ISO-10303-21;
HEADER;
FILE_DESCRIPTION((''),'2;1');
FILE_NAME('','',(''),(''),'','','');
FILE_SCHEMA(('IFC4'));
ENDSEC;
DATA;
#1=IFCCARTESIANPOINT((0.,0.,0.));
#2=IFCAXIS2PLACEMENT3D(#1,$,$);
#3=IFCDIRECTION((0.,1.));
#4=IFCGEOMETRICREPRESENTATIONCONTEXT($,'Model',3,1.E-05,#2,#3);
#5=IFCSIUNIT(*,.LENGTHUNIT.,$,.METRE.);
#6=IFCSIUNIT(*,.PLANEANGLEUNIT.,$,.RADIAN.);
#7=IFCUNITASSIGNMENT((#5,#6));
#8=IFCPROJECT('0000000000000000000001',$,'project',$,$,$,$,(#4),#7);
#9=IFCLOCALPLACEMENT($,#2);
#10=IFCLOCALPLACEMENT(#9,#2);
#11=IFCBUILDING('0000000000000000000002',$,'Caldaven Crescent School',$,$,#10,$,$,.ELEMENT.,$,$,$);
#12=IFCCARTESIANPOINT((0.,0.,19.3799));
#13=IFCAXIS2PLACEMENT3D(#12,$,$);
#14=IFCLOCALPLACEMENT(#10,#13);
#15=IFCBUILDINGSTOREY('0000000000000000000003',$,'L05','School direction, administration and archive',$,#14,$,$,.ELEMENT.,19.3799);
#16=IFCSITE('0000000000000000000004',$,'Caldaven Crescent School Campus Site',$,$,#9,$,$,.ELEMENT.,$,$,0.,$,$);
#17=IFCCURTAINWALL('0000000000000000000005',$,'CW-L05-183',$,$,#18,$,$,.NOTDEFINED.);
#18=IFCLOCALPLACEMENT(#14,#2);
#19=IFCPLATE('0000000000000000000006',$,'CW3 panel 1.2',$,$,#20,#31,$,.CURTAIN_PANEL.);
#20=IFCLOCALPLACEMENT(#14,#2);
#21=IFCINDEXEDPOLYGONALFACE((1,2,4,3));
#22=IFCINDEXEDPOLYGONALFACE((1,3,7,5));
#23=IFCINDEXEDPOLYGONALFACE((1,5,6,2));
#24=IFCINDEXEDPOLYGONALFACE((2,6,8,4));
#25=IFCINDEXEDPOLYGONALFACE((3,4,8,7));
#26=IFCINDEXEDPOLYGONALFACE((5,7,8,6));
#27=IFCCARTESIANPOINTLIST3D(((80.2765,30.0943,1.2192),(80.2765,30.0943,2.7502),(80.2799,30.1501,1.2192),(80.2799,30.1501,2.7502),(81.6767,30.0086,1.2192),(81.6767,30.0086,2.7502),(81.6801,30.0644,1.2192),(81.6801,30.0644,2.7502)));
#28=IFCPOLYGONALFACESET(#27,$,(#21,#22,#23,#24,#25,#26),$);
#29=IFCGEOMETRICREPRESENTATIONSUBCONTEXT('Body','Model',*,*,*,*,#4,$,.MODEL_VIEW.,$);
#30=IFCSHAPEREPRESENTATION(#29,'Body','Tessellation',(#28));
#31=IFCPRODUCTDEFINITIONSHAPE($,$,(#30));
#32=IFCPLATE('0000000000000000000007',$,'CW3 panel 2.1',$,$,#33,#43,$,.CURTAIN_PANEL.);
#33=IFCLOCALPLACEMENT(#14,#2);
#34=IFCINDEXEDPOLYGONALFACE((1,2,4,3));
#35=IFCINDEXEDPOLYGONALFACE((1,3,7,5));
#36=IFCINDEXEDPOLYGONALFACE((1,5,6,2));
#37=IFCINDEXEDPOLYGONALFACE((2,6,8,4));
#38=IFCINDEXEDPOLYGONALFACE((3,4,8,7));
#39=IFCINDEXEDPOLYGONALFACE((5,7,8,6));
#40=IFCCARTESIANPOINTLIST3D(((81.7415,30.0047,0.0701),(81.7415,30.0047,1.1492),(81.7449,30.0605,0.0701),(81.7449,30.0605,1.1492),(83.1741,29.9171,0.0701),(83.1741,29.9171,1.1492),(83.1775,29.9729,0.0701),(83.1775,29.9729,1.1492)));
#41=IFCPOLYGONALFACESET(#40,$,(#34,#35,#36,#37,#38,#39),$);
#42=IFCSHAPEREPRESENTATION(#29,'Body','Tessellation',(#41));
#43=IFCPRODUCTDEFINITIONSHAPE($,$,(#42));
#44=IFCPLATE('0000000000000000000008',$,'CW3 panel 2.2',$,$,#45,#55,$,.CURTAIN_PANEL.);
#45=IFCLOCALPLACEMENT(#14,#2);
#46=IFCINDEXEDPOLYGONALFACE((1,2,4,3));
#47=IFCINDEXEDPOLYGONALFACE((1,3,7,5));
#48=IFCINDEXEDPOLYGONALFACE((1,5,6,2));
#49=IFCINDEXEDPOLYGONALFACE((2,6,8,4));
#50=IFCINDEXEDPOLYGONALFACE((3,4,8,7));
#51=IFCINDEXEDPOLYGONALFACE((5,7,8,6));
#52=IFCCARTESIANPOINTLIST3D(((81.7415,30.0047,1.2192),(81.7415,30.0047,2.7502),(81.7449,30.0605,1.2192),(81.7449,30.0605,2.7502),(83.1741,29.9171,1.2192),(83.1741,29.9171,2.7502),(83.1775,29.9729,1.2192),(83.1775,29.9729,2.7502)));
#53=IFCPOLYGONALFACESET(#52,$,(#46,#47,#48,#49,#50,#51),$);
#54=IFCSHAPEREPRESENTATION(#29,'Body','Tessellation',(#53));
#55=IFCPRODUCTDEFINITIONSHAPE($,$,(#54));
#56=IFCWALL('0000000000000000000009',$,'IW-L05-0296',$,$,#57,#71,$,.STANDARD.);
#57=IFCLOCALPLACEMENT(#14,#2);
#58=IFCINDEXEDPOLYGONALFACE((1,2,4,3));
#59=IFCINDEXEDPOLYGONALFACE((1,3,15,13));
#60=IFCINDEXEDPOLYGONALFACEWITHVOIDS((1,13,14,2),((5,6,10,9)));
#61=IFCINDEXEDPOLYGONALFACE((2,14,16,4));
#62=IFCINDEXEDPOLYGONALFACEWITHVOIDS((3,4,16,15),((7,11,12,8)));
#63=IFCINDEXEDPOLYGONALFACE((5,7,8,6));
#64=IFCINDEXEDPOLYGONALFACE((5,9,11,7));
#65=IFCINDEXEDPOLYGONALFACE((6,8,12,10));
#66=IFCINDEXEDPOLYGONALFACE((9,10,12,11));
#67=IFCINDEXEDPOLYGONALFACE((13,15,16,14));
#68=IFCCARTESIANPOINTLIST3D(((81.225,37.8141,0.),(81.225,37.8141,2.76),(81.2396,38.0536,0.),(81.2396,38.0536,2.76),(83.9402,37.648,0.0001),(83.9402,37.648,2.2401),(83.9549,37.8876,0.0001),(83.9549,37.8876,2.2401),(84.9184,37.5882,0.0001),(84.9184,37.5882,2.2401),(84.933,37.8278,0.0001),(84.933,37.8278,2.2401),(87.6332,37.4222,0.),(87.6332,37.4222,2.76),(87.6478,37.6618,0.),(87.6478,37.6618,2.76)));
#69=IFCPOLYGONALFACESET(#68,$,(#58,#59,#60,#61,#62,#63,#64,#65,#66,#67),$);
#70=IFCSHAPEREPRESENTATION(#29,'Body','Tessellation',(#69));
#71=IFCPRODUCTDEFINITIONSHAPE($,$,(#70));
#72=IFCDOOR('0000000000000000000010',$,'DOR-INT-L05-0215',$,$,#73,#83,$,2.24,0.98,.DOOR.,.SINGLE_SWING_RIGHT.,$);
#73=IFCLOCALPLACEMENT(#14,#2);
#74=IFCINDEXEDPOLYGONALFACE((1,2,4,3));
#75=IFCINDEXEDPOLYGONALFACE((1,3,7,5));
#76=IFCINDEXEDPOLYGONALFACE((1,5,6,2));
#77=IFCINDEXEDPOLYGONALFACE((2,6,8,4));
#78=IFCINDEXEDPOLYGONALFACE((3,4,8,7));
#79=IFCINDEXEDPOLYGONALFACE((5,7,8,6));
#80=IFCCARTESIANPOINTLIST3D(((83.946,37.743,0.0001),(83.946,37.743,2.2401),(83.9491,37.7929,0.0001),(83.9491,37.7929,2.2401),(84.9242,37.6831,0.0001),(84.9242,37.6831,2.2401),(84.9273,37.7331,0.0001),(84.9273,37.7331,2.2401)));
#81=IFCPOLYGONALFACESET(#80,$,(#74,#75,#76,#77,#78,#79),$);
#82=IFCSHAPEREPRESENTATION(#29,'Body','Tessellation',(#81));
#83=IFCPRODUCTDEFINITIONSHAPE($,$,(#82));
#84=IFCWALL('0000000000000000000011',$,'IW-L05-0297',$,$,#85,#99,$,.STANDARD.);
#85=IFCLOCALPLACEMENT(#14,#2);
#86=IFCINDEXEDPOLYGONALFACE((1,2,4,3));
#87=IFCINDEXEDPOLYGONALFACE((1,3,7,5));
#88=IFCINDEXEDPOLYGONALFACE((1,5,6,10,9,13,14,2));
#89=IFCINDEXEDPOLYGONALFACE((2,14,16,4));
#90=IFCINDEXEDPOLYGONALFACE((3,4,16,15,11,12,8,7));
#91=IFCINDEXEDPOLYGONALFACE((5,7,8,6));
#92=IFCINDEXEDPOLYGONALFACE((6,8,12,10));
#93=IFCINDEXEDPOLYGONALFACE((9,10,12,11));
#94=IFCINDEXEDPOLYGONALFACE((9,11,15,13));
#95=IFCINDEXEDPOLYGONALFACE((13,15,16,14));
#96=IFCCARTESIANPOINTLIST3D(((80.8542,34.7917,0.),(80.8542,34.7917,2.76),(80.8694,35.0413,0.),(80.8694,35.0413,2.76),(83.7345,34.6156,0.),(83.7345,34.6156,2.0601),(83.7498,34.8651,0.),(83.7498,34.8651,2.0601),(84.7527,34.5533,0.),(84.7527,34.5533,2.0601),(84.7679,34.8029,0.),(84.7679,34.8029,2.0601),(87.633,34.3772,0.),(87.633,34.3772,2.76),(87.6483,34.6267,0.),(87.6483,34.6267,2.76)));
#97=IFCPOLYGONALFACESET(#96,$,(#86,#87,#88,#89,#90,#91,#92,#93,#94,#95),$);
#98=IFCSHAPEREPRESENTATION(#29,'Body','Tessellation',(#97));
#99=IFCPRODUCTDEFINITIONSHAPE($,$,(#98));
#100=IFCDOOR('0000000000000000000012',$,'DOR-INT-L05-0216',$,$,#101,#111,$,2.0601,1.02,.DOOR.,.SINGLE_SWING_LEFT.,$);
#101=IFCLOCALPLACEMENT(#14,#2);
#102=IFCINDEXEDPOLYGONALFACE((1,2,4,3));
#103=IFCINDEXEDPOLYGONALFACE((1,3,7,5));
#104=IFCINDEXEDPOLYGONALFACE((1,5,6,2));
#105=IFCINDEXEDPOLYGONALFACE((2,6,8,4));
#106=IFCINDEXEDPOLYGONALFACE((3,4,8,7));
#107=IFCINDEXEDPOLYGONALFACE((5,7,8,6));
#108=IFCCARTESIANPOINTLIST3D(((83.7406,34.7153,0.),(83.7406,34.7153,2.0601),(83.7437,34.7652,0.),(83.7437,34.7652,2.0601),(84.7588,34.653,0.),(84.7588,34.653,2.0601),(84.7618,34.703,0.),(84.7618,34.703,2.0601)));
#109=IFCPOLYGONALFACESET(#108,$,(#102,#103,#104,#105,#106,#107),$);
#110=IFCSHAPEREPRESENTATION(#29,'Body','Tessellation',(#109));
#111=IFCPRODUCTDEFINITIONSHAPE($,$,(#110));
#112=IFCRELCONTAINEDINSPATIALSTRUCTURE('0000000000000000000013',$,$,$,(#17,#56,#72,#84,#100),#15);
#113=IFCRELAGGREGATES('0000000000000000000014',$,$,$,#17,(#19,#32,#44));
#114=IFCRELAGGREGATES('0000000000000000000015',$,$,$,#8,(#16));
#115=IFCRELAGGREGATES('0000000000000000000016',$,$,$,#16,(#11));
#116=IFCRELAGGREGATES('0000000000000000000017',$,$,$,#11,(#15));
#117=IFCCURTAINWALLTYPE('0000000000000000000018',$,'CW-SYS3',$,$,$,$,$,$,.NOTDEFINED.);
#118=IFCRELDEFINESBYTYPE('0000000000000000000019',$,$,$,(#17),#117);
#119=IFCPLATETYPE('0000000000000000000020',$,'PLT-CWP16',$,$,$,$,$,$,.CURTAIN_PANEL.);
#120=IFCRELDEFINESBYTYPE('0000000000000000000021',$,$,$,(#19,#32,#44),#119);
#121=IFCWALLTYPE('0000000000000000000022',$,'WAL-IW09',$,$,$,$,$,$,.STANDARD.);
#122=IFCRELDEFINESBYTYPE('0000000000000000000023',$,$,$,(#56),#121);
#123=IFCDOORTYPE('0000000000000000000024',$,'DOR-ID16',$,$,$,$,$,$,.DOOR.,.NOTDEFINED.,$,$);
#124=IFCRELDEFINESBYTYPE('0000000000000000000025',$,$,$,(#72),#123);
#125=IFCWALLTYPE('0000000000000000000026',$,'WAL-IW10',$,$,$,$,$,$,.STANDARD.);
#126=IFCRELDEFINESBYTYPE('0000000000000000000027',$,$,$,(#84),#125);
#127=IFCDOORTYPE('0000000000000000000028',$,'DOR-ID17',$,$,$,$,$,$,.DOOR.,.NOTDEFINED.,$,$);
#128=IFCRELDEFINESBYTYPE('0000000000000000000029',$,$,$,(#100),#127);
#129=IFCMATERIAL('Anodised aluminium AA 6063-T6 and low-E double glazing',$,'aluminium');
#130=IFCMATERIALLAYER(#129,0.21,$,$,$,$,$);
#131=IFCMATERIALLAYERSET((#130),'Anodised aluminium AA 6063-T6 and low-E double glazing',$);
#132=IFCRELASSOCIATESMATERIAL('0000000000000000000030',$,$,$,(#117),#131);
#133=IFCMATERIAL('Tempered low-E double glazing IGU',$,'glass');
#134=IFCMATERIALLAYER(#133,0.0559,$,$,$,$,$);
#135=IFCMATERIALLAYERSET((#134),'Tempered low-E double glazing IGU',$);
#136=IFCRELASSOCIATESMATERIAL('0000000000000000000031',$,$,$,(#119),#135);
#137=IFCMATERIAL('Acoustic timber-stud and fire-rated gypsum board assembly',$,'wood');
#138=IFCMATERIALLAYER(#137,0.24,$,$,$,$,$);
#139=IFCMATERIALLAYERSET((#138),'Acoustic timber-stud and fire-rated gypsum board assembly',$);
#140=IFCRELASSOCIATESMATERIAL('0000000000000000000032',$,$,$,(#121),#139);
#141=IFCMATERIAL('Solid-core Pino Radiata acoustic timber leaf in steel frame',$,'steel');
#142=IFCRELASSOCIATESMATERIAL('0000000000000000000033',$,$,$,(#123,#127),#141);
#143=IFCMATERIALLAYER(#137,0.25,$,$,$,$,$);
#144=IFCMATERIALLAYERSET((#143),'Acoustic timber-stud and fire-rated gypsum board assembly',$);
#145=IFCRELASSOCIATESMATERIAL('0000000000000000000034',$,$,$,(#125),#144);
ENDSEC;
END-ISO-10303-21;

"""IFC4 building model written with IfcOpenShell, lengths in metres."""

from ifc_helpers import new_model, si_unit, direction, frame, frame_2d, origin, origin_2d, place, context, subcontext, project, spatial, rectangle, extrude, material, layer, layer_set, type_object, element, fill, aggregate, save


model = new_model("IFC4")

# Units and contexts
model_context = context("Model", 3, precision=1e-05, world=origin(), true_north=direction((0.0, 1.0)))
body_context = subcontext(model_context, "Body", "Model", "MODEL_VIEW")
ifc_project = project(units=[si_unit("LENGTHUNIT", "METRE"), si_unit("PLANEANGLEUNIT", "RADIAN")], contexts=[model_context])

# Site, building, storey
site_placement = place(None, origin())
site = spatial("IfcSite", under=ifc_project, at=site_placement, Name="Caldaven Crescent School Campus Site", CompositionType="ELEMENT", RefElevation=0.0)
building_placement = place(site_placement, origin())
building = spatial("IfcBuilding", under=site, at=building_placement, Name="Caldaven Crescent School", CompositionType="ELEMENT")
storey_placement = place(building_placement, frame((0.0, 0.0, 19.3799)))
storey = spatial("IfcBuildingStorey", under=building, at=storey_placement, Name="L05", Description="School direction, administration and archive", CompositionType="ELEMENT", Elevation=19.3799)

# Curtain wall
ifc_material_1 = material(Name="Anodised aluminium AA 6063-T6 and low-E double glazing", Category="aluminium")
ifc_layer_1 = layer(ifc_material_1, 0.21)
ifc_layer_set_1 = layer_set([ifc_layer_1], Name="Anodised aluminium AA 6063-T6 and low-E double glazing")
curtain_wall_type_1 = type_object("IfcCurtainWallType", Name="CW-SYS3", PredefinedType="NOTDEFINED", material=ifc_layer_set_1)
curtain_wall_1_placement = place(storey_placement, origin())
curtain_wall_1 = element("IfcCurtainWall", 1, at=curtain_wall_1_placement, inside=storey, type_object=curtain_wall_type_1, Name="CW-L05-183", PredefinedType="NOTDEFINED")

# Plates
ifc_material_2 = material(Name="Tempered low-E double glazing IGU", Category="glass")
ifc_layer_2 = layer(ifc_material_2, 0.0559)
ifc_layer_set_2 = layer_set([ifc_layer_2], Name="Tempered low-E double glazing IGU")
plate_type_1 = type_object("IfcPlateType", Name="PLT-CWP16", PredefinedType="CURTAIN_PANEL", material=ifc_layer_set_2)
plate_1_placement = place(storey_placement, frame((80.9783, 30.0793, 1.2192), z_axis=(0.0, 0.0, 1.0), x_axis=(0.998135, -0.061049, 0.0)))
plate_1 = element("IfcPlate", 2, at=plate_1_placement, type_object=plate_type_1, Name="CW3 panel 1.2", PredefinedType="CURTAIN_PANEL", context=body_context, shape_type="SweptSolid", body=[
    extrude(rectangle(XDim=1.4028, YDim=0.0559, at=origin_2d()), origin(), (0.0, 0.0, 1.0), 1.531),
])
plate_2_placement = place(storey_placement, frame((82.4595, 29.9888, 0.0701), z_axis=(0.0, 0.0, 1.0), x_axis=(0.998135, -0.061049, 0.0)))
plate_2 = element("IfcPlate", 3, at=plate_2_placement, type_object=plate_type_1, Name="CW3 panel 2.1", PredefinedType="CURTAIN_PANEL", context=body_context, shape_type="SweptSolid", body=[
    extrude(rectangle(XDim=1.4353, YDim=0.0559, at=origin_2d()), origin(), (0.0, 0.0, 1.0), 1.0791),
])
plate_3_placement = place(storey_placement, frame((82.4595, 29.9888, 1.2192), z_axis=(0.0, 0.0, 1.0), x_axis=(0.998135, -0.061049, 0.0)))
plate_3 = element("IfcPlate", 4, at=plate_3_placement, type_object=plate_type_1, Name="CW3 panel 2.2", PredefinedType="CURTAIN_PANEL", context=body_context, shape_type="SweptSolid", body=[
    extrude(rectangle(XDim=1.4353, YDim=0.0559, at=origin_2d()), origin(), (0.0, 0.0, 1.0), 1.531),
])
aggregate(curtain_wall_1, [plate_1, plate_2, plate_3])

# Walls, openings, doors
ifc_material_3 = material(Name="Acoustic timber-stud and fire-rated gypsum board assembly", Category="wood")
ifc_layer_3 = layer(ifc_material_3, 0.24)
ifc_layer_set_3 = layer_set([ifc_layer_3], Name="Acoustic timber-stud and fire-rated gypsum board assembly")
wall_type_1 = type_object("IfcWallType", Name="WAL-IW09", PredefinedType="STANDARD", material=ifc_layer_set_3)
wall_1_placement = place(storey_placement, frame((81.2324, 37.9338, 0.0), z_axis=(0.0, 0.0, 1.0), x_axis=(0.998136, -0.061034, 0.0)))
wall_1 = element("IfcWall", 5, at=wall_1_placement, inside=storey, type_object=wall_type_1, Name="IW-L05-0296", PredefinedType="STANDARD", context=body_context, shape_type="SweptSolid", body=[
    extrude(rectangle(XDim=6.4202, YDim=0.24, at=frame_2d((3.21, 0.0))), origin(), (0.0, 0.0, 1.0), 2.76),
])
opening_1_placement = place(wall_1_placement, frame((2.7202, 0.0, 0.0)))
opening_1 = element("IfcOpeningElement", 6, at=opening_1_placement, cuts=wall_1, PredefinedType="OPENING", context=body_context, shape_type="SweptSolid", body=[
    extrude(rectangle(XDim=0.98, YDim=2.24, at=frame_2d((0.49, 1.1201))), frame((0.0, 0.1299, 0.0), z_axis=(0.0, -1.0, 0.0), x_axis=(1.0, 0.0, 0.0)), (0.0, 0.0, 1.0), 0.26),
])
ifc_material_4 = material(Name="Solid-core Pino Radiata acoustic timber leaf in steel frame", Category="steel")
door_type_1 = type_object("IfcDoorType", Name="DOR-ID16", OperationType="NOTDEFINED", PredefinedType="DOOR", material=ifc_material_4)
door_1_placement = place(opening_1_placement, frame((0.98, 0.0, 0.0), z_axis=(0.0, 0.0, 1.0), x_axis=(-1.0, 0.0, 0.0)))
door_1 = element("IfcDoor", 7, at=door_1_placement, inside=storey, type_object=door_type_1, Name="DOR-INT-L05-0215", OperationType="SINGLE_SWING_RIGHT", OverallHeight=2.24, OverallWidth=0.98, PredefinedType="DOOR", context=body_context, shape_type="SweptSolid", body=[
    extrude(rectangle(XDim=0.98, YDim=2.24, at=frame_2d((0.49, 1.1201))), frame((0.0, 0.0249, 0.0), z_axis=(0.0, -1.0, 0.0), x_axis=(1.0, 0.0, 0.0)), (0.0, 0.0, 1.0), 0.05),
])
fill(opening_1, door_1)
ifc_layer_4 = layer(ifc_material_3, 0.25)
ifc_layer_set_4 = layer_set([ifc_layer_4], Name="Acoustic timber-stud and fire-rated gypsum board assembly")
wall_type_2 = type_object("IfcWallType", Name="WAL-IW10", PredefinedType="STANDARD", material=ifc_layer_set_4)
wall_2_placement = place(storey_placement, frame((80.8618, 34.9165, 0.0), z_axis=(0.0, 0.0, 1.0), x_axis=(0.998135, -0.06104, 0.0)))
wall_2 = element("IfcWall", 8, at=wall_2_placement, inside=storey, type_object=wall_type_2, Name="IW-L05-0297", PredefinedType="STANDARD", context=body_context, shape_type="SweptSolid", body=[
    extrude(rectangle(XDim=6.7915, YDim=0.25, at=frame_2d((3.3958, 0.0))), origin(), (0.0, 0.0, 1.0), 2.76),
])
opening_2_placement = place(wall_2_placement, frame((2.8857, 0.0, 0.0)))
opening_2 = element("IfcOpeningElement", 9, at=opening_2_placement, cuts=wall_2, PredefinedType="OPENING", context=body_context, shape_type="SweptSolid", body=[
    extrude(rectangle(XDim=1.02, YDim=2.0601, at=frame_2d((0.51, 1.03))), frame((0.0, 0.135, 0.0), z_axis=(0.0, -1.0, 0.0), x_axis=(1.0, 0.0, 0.0)), (0.0, 0.0, 1.0), 0.27),
])
door_type_2 = type_object("IfcDoorType", Name="DOR-ID17", OperationType="NOTDEFINED", PredefinedType="DOOR", material=ifc_material_4)
door_2_placement = place(opening_2_placement, origin())
door_2 = element("IfcDoor", 10, at=door_2_placement, inside=storey, type_object=door_type_2, Name="DOR-INT-L05-0216", OperationType="SINGLE_SWING_LEFT", OverallHeight=2.0601, OverallWidth=1.02, PredefinedType="DOOR", context=body_context, shape_type="SweptSolid", body=[
    extrude(rectangle(XDim=1.02, YDim=2.0601, at=frame_2d((0.51, 1.03))), frame((0.0, 0.0249, 0.0), z_axis=(0.0, -1.0, 0.0), x_axis=(1.0, 0.0, 0.0)), (0.0, 0.0, 1.0), 0.05),
])
fill(opening_2, door_2)

save(model, "model.ifc")
